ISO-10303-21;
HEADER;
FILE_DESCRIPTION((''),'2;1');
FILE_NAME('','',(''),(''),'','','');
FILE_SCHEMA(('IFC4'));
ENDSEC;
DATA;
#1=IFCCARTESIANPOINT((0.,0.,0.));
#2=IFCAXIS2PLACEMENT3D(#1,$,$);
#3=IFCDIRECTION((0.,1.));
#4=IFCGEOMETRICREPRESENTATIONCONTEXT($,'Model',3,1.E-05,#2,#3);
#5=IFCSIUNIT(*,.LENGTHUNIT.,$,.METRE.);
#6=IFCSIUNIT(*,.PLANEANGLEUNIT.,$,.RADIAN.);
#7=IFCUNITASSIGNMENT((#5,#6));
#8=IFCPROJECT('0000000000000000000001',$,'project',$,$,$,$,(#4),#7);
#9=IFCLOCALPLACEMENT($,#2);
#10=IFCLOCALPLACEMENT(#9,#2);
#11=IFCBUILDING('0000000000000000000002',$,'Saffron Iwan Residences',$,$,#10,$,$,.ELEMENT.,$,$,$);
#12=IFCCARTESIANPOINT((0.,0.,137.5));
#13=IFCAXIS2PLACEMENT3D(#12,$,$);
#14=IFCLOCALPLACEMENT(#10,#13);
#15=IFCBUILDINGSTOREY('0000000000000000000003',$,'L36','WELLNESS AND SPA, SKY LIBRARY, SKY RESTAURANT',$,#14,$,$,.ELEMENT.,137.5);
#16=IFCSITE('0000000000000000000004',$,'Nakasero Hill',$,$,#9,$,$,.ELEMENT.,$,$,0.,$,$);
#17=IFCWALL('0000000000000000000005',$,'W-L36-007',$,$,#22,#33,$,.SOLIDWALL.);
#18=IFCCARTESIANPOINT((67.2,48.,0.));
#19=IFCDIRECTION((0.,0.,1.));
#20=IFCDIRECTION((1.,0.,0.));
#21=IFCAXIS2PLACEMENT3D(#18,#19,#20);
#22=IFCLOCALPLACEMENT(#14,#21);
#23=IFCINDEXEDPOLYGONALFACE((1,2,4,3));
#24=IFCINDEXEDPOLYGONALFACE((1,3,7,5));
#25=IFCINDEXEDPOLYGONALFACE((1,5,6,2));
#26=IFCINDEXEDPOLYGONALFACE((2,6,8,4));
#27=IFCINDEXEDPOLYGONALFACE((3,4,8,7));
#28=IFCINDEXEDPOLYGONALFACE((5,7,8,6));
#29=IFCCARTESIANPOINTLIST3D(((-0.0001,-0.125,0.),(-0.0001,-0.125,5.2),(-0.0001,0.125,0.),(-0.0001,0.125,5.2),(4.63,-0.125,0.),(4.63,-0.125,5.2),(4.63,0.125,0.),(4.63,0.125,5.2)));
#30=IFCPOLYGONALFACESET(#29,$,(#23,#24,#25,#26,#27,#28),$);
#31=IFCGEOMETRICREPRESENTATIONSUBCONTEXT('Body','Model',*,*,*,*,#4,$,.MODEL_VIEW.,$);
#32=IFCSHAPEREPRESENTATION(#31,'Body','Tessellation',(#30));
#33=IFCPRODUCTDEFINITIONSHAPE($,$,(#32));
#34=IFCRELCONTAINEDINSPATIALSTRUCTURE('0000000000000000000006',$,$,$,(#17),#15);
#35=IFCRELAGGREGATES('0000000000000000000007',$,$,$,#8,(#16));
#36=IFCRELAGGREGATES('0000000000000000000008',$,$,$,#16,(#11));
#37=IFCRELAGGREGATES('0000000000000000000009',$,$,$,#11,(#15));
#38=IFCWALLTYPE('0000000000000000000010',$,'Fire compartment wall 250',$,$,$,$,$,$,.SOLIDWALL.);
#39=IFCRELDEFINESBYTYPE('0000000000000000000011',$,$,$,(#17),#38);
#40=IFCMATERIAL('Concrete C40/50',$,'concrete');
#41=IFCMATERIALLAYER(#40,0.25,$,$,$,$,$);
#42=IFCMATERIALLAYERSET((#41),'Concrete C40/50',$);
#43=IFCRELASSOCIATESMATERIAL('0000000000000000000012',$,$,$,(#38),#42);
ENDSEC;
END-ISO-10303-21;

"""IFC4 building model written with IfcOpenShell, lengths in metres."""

from ifc_helpers import new_model, si_unit, direction, frame, frame_2d, origin, place, context, subcontext, project, spatial, rectangle, extrude, material, layer, layer_set, type_object, element, save


model = new_model("IFC4")

# Units and contexts
model_context = context("Model", 3, precision=1e-05, world=origin(), true_north=direction((0.0, 1.0)))
body_context = subcontext(model_context, "Body", "Model", "MODEL_VIEW")
ifc_project = project(units=[si_unit("LENGTHUNIT", "METRE"), si_unit("PLANEANGLEUNIT", "RADIAN")], contexts=[model_context])

# Site, building, storey
site_placement = place(None, origin())
site = spatial("IfcSite", under=ifc_project, at=site_placement, Name="Nakasero Hill", CompositionType="ELEMENT", RefElevation=0.0)
building_placement = place(site_placement, origin())
building = spatial("IfcBuilding", under=site, at=building_placement, Name="Saffron Iwan Residences", CompositionType="ELEMENT")
storey_placement = place(building_placement, frame((0.0, 0.0, 137.5)))
storey = spatial("IfcBuildingStorey", under=building, at=storey_placement, Name="L36", Description="WELLNESS AND SPA, SKY LIBRARY, SKY RESTAURANT", CompositionType="ELEMENT", Elevation=137.5)

# Wall
ifc_material_1 = material(Name="Concrete C40/50", Category="concrete")
ifc_layer_1 = layer(ifc_material_1, 0.25)
ifc_layer_set_1 = layer_set([ifc_layer_1], Name="Concrete C40/50")
wall_type_1 = type_object("IfcWallType", Name="Fire compartment wall 250", PredefinedType="SOLIDWALL", material=ifc_layer_set_1)
wall_1_placement = place(storey_placement, frame((67.2, 48.0, 0.0), z_axis=(0.0, 0.0, 1.0), x_axis=(1.0, 0.0, 0.0)))
element("IfcWall", 1, at=wall_1_placement, inside=storey, type_object=wall_type_1, Name="W-L36-007", PredefinedType="SOLIDWALL", context=body_context, shape_type="SweptSolid", body=[
    extrude(rectangle(XDim=4.6301, YDim=0.25, at=frame_2d((2.3149, 0.0))), origin(), (0.0, 0.0, 1.0), 5.2),
])

save(model, "model.ifc")
